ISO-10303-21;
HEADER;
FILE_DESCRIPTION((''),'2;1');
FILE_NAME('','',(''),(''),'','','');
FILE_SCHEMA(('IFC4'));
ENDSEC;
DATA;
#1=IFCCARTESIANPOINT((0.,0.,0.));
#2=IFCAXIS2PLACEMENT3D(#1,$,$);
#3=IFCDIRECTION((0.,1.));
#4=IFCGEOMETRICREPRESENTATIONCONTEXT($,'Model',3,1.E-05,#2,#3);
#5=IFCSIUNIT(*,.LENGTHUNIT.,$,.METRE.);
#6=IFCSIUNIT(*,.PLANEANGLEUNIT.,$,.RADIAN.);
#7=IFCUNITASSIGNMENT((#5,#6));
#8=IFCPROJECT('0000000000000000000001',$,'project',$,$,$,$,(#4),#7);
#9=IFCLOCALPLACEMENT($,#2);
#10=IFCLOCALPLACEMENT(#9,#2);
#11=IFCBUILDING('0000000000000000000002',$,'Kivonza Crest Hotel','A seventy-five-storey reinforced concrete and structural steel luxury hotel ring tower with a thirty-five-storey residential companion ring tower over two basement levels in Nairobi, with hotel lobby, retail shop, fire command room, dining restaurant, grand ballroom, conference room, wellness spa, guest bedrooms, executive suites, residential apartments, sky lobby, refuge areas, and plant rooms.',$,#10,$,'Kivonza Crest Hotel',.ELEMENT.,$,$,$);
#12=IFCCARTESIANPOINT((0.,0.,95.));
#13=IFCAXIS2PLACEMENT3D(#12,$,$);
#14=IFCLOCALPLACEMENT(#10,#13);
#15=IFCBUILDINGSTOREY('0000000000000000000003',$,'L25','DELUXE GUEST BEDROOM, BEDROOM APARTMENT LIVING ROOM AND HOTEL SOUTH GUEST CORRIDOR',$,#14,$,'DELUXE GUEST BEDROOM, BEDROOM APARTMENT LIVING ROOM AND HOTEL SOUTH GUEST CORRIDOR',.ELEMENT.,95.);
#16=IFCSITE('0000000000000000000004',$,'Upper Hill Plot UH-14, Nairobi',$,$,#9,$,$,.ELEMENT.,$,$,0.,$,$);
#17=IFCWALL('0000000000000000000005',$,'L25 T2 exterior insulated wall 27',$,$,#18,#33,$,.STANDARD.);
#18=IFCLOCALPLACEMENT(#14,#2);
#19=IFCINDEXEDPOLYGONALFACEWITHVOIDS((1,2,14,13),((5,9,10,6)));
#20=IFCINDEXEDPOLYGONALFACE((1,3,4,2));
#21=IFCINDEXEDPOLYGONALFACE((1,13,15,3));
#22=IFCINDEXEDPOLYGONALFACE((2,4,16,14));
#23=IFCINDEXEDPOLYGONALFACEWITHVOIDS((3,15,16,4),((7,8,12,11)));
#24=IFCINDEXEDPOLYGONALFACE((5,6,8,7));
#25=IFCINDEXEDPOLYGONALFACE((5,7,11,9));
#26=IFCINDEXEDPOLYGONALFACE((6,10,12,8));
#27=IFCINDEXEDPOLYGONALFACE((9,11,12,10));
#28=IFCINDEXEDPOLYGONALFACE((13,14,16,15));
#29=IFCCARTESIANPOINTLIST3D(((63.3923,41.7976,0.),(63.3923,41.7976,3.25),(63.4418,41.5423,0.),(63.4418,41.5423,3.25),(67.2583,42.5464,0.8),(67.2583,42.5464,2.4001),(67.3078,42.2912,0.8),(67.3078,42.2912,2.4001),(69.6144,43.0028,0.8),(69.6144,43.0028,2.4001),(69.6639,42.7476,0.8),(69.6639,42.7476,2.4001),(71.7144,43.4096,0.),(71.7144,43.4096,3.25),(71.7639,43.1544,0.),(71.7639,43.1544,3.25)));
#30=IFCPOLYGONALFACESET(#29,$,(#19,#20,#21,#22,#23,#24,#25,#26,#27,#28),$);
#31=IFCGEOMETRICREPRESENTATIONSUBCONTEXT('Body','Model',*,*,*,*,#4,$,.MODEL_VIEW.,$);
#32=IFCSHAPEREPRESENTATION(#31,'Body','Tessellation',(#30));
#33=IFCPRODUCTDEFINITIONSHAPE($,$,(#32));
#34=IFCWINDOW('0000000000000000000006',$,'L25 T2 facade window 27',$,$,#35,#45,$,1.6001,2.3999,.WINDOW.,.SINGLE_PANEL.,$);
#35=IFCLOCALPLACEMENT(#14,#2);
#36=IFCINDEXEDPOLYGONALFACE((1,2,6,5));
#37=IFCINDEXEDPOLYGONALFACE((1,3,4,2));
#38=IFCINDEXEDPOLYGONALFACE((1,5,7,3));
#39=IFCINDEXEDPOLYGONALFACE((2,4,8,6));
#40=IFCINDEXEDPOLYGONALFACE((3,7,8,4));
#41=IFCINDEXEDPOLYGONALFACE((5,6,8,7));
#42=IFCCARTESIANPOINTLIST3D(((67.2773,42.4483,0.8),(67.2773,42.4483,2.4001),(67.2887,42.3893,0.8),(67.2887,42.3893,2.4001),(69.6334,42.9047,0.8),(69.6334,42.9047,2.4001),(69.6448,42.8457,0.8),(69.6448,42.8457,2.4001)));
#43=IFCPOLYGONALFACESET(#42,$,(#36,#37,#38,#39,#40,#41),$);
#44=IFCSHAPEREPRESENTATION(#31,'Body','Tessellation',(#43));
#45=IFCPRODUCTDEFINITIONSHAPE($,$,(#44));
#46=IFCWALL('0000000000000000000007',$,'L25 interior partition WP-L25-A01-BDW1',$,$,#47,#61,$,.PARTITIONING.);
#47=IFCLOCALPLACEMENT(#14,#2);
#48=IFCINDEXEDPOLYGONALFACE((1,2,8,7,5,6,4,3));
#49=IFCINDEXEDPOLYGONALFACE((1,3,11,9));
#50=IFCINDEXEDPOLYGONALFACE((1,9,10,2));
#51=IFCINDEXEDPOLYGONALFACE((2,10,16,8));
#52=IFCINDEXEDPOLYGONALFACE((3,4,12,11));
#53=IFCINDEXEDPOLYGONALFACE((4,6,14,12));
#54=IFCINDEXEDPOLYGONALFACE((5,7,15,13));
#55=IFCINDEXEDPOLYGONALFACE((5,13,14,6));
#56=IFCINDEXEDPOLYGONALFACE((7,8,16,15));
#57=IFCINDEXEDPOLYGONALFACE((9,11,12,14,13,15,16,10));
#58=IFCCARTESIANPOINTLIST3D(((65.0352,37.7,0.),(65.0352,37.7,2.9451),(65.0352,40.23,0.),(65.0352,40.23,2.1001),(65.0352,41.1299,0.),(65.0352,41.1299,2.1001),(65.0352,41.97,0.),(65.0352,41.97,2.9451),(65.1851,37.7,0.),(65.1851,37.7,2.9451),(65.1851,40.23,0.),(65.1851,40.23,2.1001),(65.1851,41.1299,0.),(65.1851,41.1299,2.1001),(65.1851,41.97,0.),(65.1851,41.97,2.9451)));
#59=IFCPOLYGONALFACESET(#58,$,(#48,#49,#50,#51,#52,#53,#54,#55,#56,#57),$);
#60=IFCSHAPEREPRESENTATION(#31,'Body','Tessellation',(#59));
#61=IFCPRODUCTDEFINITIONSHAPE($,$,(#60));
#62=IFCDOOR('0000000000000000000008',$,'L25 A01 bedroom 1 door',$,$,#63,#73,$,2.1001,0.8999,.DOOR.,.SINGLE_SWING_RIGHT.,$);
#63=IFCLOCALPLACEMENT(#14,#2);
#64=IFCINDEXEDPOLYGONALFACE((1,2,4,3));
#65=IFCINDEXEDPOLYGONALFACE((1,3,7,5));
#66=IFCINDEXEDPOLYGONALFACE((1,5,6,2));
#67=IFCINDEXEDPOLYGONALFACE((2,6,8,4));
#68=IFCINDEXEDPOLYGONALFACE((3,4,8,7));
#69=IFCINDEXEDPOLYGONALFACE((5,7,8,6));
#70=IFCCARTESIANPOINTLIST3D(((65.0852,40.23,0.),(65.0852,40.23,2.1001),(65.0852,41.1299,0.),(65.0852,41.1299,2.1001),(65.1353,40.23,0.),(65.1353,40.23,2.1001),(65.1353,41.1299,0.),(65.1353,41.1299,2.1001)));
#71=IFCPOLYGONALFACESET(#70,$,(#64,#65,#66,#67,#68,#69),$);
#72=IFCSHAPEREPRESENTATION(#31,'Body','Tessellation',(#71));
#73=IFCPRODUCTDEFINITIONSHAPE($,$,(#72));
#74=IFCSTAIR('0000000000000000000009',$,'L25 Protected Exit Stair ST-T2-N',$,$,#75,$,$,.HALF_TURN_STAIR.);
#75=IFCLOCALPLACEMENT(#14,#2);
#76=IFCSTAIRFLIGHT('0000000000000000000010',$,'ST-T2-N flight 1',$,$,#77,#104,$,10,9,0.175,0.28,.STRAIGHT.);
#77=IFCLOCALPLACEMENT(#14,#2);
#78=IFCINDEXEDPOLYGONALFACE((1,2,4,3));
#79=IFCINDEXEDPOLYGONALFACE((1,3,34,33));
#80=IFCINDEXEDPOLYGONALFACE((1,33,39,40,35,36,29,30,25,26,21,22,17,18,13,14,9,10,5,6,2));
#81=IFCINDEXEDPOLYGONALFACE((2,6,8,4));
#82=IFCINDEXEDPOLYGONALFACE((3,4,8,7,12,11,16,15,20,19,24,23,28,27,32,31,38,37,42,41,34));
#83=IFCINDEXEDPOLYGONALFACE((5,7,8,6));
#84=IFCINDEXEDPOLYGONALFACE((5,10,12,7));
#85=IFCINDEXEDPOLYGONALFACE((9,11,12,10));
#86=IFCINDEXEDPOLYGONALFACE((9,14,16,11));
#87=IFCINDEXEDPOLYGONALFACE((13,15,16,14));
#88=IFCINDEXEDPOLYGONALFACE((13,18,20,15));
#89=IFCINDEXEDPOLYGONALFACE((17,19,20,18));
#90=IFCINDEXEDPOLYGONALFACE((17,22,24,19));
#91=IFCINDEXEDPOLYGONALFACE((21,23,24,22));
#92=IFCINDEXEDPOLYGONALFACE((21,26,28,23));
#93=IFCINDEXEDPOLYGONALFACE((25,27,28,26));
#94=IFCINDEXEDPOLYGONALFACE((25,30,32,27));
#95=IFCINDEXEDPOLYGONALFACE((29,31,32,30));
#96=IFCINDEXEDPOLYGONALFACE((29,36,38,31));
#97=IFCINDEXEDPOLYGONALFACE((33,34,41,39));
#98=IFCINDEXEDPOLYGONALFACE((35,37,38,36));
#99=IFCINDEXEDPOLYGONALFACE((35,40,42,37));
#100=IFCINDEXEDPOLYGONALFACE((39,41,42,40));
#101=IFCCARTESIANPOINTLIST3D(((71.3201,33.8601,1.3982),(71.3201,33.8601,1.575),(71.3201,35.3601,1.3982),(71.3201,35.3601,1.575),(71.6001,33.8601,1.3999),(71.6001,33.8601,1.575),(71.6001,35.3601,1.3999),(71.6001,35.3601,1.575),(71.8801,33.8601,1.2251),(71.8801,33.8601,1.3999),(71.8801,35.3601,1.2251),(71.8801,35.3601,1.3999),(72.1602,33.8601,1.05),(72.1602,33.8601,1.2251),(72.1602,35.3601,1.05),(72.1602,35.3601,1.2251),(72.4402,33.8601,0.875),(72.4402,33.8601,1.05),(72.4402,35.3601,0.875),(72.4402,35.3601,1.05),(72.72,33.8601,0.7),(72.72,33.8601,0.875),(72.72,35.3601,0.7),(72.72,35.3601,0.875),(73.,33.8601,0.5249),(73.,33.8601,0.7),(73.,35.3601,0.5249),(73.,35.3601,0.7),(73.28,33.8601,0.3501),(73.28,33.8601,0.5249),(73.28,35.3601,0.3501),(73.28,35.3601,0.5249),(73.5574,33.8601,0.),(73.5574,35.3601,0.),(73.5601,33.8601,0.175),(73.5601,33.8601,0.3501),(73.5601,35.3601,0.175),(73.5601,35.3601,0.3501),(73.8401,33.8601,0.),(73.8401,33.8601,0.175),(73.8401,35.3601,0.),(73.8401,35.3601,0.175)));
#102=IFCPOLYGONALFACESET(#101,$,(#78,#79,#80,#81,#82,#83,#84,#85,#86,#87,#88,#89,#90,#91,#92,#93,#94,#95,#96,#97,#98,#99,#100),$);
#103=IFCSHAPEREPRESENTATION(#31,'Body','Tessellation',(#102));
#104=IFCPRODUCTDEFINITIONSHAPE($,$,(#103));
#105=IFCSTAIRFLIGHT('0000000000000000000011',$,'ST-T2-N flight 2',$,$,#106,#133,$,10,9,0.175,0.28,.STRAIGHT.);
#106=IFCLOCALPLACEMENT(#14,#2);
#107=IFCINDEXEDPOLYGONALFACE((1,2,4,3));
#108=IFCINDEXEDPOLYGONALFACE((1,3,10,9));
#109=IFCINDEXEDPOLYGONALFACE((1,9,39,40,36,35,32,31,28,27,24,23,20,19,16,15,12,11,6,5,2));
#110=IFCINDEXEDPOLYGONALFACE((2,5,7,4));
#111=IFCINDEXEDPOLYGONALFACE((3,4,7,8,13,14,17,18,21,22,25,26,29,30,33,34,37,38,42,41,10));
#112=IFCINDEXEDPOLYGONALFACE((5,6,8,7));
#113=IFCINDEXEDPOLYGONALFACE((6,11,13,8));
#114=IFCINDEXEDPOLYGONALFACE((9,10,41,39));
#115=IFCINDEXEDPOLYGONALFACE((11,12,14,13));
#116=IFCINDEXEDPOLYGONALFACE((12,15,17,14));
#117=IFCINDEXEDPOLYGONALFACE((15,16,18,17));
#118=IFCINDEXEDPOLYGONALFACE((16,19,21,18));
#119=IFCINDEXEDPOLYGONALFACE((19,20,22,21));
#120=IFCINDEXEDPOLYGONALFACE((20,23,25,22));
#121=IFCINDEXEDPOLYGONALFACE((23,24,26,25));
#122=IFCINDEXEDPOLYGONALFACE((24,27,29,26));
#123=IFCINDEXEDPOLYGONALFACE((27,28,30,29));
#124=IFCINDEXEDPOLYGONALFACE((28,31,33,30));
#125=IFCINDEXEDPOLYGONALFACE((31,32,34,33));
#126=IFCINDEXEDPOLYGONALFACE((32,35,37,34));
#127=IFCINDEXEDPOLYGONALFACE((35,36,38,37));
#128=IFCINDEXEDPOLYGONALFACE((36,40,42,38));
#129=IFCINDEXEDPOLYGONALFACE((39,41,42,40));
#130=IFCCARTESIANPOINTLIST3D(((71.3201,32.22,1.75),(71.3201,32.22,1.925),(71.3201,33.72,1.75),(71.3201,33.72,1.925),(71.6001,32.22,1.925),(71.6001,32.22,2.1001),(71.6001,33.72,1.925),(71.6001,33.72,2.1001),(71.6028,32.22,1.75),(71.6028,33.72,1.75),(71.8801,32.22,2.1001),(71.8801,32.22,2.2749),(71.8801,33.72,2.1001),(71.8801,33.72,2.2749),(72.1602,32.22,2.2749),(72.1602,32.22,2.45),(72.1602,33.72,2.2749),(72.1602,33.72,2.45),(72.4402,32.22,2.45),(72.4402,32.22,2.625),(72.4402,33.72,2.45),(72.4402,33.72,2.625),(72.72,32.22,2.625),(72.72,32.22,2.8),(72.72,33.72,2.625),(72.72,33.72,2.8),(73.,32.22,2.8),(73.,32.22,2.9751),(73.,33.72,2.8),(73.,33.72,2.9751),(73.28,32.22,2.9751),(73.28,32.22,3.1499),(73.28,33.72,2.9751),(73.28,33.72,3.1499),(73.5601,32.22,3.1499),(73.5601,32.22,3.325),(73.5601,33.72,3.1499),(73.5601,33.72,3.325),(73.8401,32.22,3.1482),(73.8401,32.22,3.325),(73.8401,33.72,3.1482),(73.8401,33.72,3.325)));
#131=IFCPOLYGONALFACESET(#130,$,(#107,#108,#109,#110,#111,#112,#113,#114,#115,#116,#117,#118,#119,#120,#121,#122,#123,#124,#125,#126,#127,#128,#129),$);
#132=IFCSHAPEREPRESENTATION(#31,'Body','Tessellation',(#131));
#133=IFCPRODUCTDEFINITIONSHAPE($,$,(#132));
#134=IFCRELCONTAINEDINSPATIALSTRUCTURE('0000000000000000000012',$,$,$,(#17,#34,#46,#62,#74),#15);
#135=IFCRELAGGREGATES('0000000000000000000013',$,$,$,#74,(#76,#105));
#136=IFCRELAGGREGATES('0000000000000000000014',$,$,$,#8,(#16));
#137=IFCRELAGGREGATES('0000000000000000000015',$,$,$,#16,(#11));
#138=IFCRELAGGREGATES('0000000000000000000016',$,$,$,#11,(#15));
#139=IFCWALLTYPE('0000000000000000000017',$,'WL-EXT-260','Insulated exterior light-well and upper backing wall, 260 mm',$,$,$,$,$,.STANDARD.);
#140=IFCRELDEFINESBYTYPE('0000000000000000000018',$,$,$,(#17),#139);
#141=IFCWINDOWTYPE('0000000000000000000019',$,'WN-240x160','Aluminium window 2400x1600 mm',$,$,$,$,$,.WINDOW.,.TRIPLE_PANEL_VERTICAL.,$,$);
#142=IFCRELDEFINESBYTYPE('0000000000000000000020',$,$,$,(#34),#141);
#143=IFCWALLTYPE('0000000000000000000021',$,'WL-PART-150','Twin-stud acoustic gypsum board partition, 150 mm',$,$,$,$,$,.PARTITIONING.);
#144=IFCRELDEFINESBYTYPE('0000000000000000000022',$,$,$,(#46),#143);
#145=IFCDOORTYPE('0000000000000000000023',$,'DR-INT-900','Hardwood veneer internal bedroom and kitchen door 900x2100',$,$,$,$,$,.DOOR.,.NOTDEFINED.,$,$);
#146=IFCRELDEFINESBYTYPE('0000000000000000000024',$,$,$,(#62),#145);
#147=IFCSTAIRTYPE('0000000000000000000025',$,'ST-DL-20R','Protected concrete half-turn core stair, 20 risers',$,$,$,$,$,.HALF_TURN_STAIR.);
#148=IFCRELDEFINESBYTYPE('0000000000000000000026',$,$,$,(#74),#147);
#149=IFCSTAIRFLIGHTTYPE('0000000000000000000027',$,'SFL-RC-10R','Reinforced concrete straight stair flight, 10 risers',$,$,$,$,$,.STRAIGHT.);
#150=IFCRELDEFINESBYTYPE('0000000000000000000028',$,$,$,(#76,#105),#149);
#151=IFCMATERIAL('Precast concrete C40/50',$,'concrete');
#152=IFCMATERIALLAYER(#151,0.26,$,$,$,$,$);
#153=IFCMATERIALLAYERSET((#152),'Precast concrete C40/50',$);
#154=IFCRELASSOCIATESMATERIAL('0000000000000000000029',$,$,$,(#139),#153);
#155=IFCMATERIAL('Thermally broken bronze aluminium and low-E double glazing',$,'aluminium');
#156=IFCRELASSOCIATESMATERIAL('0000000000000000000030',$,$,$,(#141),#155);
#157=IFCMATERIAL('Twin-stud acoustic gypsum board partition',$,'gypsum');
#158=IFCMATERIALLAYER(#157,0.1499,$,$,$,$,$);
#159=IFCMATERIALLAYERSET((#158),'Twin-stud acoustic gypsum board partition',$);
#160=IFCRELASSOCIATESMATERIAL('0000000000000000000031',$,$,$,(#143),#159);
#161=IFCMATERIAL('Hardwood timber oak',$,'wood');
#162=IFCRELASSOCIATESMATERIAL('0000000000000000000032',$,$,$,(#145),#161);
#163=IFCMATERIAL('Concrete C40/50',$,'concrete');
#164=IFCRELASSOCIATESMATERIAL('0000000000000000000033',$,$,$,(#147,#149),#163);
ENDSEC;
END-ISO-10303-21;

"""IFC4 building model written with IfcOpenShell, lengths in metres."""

from ifc_helpers import new_model, si_unit, direction, frame, frame_2d, origin, place, context, subcontext, project, spatial, polyline, rectangle, outline, extrude, material, layer, layer_set, type_object, element, fill, aggregate, save


model = new_model("IFC4")

# Units and contexts
model_context = context("Model", 3, precision=1e-05, world=origin(), true_north=direction((0.0, 1.0)))
body_context = subcontext(model_context, "Body", "Model", "MODEL_VIEW")
ifc_project = project(units=[si_unit("LENGTHUNIT", "METRE"), si_unit("PLANEANGLEUNIT", "RADIAN")], contexts=[model_context])

# Site, building, storey
site_placement = place(None, origin())
site = spatial("IfcSite", under=ifc_project, at=site_placement, Name="Upper Hill Plot UH-14, Nairobi", CompositionType="ELEMENT", RefElevation=0.0)
building_placement = place(site_placement, origin())
building = spatial("IfcBuilding", under=site, at=building_placement, Name="Kivonza Crest Hotel", Description="A seventy-five-storey reinforced concrete and structural steel luxury hotel ring tower with a thirty-five-storey residential companion ring tower over two basement levels in Nairobi, with hotel lobby, retail shop, fire command room, dining restaurant, grand ballroom, conference room, wellness spa, guest bedrooms, executive suites, residential apartments, sky lobby, refuge areas, and plant rooms.", LongName="Kivonza Crest Hotel", CompositionType="ELEMENT")
storey_placement = place(building_placement, frame((0.0, 0.0, 95.0)))
storey = spatial("IfcBuildingStorey", under=building, at=storey_placement, Name="L25", Description="DELUXE GUEST BEDROOM, BEDROOM APARTMENT LIVING ROOM AND HOTEL SOUTH GUEST CORRIDOR", LongName="DELUXE GUEST BEDROOM, BEDROOM APARTMENT LIVING ROOM AND HOTEL SOUTH GUEST CORRIDOR", CompositionType="ELEMENT", Elevation=95.0)

# Shared definitions
ifc_material_1 = material(Name="Hardwood timber oak", Category="wood")

# Wall, opening, window
ifc_material_2 = material(Name="Precast concrete C40/50", Category="concrete")
ifc_layer_1 = layer(ifc_material_2, 0.26)
ifc_layer_set_1 = layer_set([ifc_layer_1], Name="Precast concrete C40/50")
wall_type_1 = type_object("IfcWallType", Name="WL-EXT-260", Description="Insulated exterior light-well and upper backing wall, 260 mm", PredefinedType="STANDARD", material=ifc_layer_set_1)
wall_1_placement = place(storey_placement, frame((71.739, 43.282, 0.0), z_axis=(0.0, 0.0, 1.0), x_axis=(-0.98175, -0.190175, 0.0)))
wall_1 = element("IfcWall", 1, at=wall_1_placement, inside=storey, type_object=wall_type_1, Name="L25 T2 exterior insulated wall 27", PredefinedType="STANDARD", context=body_context, shape_type="SweptSolid", body=[
    extrude(rectangle(XDim=8.4768, YDim=0.26, at=frame_2d((4.2383, 0.0))), origin(), (0.0, 0.0, 1.0), 3.25),
])
opening_1_placement = place(wall_1_placement, frame((2.1389, 0.0, 0.8)))
opening_1 = element("IfcOpeningElement", 2, at=opening_1_placement, cuts=wall_1, PredefinedType="OPENING", context=body_context, shape_type="SweptSolid", body=[
    extrude(rectangle(XDim=2.3999, YDim=1.6001, at=frame_2d((1.2, 0.8))), frame((0.0, 0.1401, 0.0), z_axis=(0.0, -1.0, 0.0), x_axis=(1.0, 0.0, 0.0)), (0.0, 0.0, 1.0), 0.28),
])
ifc_material_3 = material(Name="Thermally broken bronze aluminium and low-E double glazing", Category="aluminium")
window_type = type_object("IfcWindowType", Name="WN-240x160", Description="Aluminium window 2400x1600 mm", PartitioningType="TRIPLE_PANEL_VERTICAL", PredefinedType="WINDOW", material=ifc_material_3)
window_placement = place(opening_1_placement, origin())
window = element("IfcWindow", 3, at=window_placement, inside=storey, type_object=window_type, Name="L25 T2 facade window 27", OverallHeight=1.6001, OverallWidth=2.3999, PartitioningType="SINGLE_PANEL", PredefinedType="WINDOW", context=body_context, shape_type="SweptSolid", body=[
    extrude(rectangle(XDim=2.3999, YDim=1.6001, at=frame_2d((1.2, 0.8))), frame((0.0, 0.03, 0.0), z_axis=(0.0, -1.0, 0.0), x_axis=(1.0, 0.0, 0.0)), (0.0, 0.0, 1.0), 0.0601),
])
fill(opening_1, window)

# Wall, opening, door
ifc_material_4 = material(Name="Twin-stud acoustic gypsum board partition", Category="gypsum")
ifc_layer_2 = layer(ifc_material_4, 0.1499)
ifc_layer_set_2 = layer_set([ifc_layer_2], Name="Twin-stud acoustic gypsum board partition")
wall_type_2 = type_object("IfcWallType", Name="WL-PART-150", Description="Twin-stud acoustic gypsum board partition, 150 mm", PredefinedType="PARTITIONING", material=ifc_layer_set_2)
wall_2_placement = place(storey_placement, frame((65.1101, 37.7, 0.0), z_axis=(0.0, 0.0, 1.0), x_axis=(0.0, 1.0, 0.0)))
wall_2 = element("IfcWall", 4, at=wall_2_placement, inside=storey, type_object=wall_type_2, Name="L25 interior partition WP-L25-A01-BDW1", PredefinedType="PARTITIONING", context=body_context, shape_type="SweptSolid", body=[
    extrude(rectangle(XDim=4.27, YDim=0.1499, at=frame_2d((2.135, 0.0))), origin(), (0.0, 0.0, 1.0), 2.9451),
])
opening_2_placement = place(wall_2_placement, frame((2.53, 0.0, 0.0)))
opening_2 = element("IfcOpeningElement", 5, at=opening_2_placement, cuts=wall_2, PredefinedType="OPENING", context=body_context, shape_type="SweptSolid", body=[
    extrude(rectangle(XDim=0.8999, YDim=2.1001, at=frame_2d((0.45, 1.05))), frame((0.0, 0.085, 0.0), z_axis=(0.0, -1.0, 0.0), x_axis=(1.0, 0.0, 0.0)), (0.0, 0.0, 1.0), 0.1699),
])
door_type_1 = type_object("IfcDoorType", Name="DR-INT-900", Description="Hardwood veneer internal bedroom and kitchen door 900x2100", OperationType="NOTDEFINED", PredefinedType="DOOR", material=ifc_material_1)
door_1_placement = place(opening_2_placement, origin())
door_1 = element("IfcDoor", 6, at=door_1_placement, inside=storey, type_object=door_type_1, Name="L25 A01 bedroom 1 door", OperationType="SINGLE_SWING_RIGHT", OverallHeight=2.1001, OverallWidth=0.8999, PredefinedType="DOOR", context=body_context, shape_type="SweptSolid", body=[
    extrude(rectangle(XDim=0.8999, YDim=2.1001, at=frame_2d((0.45, 1.05))), frame((0.0, 0.0249, 0.0), z_axis=(0.0, -1.0, 0.0), x_axis=(1.0, 0.0, 0.0)), (0.0, 0.0, 1.0), 0.05),
])
fill(opening_2, door_1)

# Stair, stair flights
ifc_material_5 = material(Name="Concrete C40/50", Category="concrete")
stair_type = type_object("IfcStairType", Name="ST-DL-20R", Description="Protected concrete half-turn core stair, 20 risers", PredefinedType="HALF_TURN_STAIR", material=ifc_material_5)
stair_placement = place(storey_placement, origin())
stair = element("IfcStair", 7, at=stair_placement, inside=storey, type_object=stair_type, Name="L25 Protected Exit Stair ST-T2-N", PredefinedType="HALF_TURN_STAIR")
stair_flight_type = type_object("IfcStairFlightType", Name="SFL-RC-10R", Description="Reinforced concrete straight stair flight, 10 risers", PredefinedType="STRAIGHT", material=ifc_material_5)
stair_flight_1_placement = place(storey_placement, frame((73.8401, 34.6101, 0.0), z_axis=(0.0, 0.0, 1.0), x_axis=(-1.0, 0.0, 0.0)))
stair_flight_1 = element("IfcStairFlight", 8, at=stair_flight_1_placement, type_object=stair_flight_type, Name="ST-T2-N flight 1", NumberOfRisers=10, NumberOfTreads=9, PredefinedType="STRAIGHT", RiserHeight=0.175, TreadLength=0.28, context=body_context, shape_type="SweptSolid", body=[
    extrude(outline(polyline([(0.0, 0.0), (0.0, 0.175), (0.28, 0.175), (0.28, 0.3501), (0.5601, 0.3501), (0.5601, 0.5249), (0.8401, 0.5249), (0.8401, 0.7), (1.1201, 0.7), (1.1201, 0.875), (1.3999, 0.875), (1.3999, 1.05), (1.6799, 1.05), (1.6799, 1.2251), (1.96, 1.2251), (1.96, 1.3999), (2.24, 1.3999), (2.24, 1.575), (2.52, 1.575), (2.52, 1.75), (2.52, 1.3982), (0.2827, 0.0), (0.0, 0.0)])), frame((0.0, 0.75, 0.0), z_axis=(0.0, -1.0, 0.0), x_axis=(1.0, 0.0, 0.0)), (0.0, 0.0, 1.0), 1.5),
])
stair_flight_2_placement = place(storey_placement, frame((71.3201, 32.97, 1.75), z_axis=(0.0, 0.0, 1.0), x_axis=(1.0, 0.0, 0.0)))
stair_flight_2 = element("IfcStairFlight", 9, at=stair_flight_2_placement, type_object=stair_flight_type, Name="ST-T2-N flight 2", NumberOfRisers=10, NumberOfTreads=9, PredefinedType="STRAIGHT", RiserHeight=0.175, TreadLength=0.28, context=body_context, shape_type="SweptSolid", body=[
    extrude(outline(polyline([(0.0, 0.0), (0.0, 0.175), (0.28, 0.175), (0.28, 0.3501), (0.5601, 0.3501), (0.5601, 0.5249), (0.8401, 0.5249), (0.8401, 0.7), (1.1201, 0.7), (1.1201, 0.875), (1.3999, 0.875), (1.3999, 1.05), (1.6799, 1.05), (1.6799, 1.2251), (1.96, 1.2251), (1.96, 1.3999), (2.24, 1.3999), (2.24, 1.575), (2.52, 1.575), (2.52, 1.75), (2.52, 1.3982), (0.2827, 0.0), (0.0, 0.0)])), frame((0.0, 0.75, 0.0), z_axis=(0.0, -1.0, 0.0), x_axis=(1.0, 0.0, 0.0)), (0.0, 0.0, 1.0), 1.5),
])
aggregate(stair, [stair_flight_1, stair_flight_2])

save(model, "model.ifc")
